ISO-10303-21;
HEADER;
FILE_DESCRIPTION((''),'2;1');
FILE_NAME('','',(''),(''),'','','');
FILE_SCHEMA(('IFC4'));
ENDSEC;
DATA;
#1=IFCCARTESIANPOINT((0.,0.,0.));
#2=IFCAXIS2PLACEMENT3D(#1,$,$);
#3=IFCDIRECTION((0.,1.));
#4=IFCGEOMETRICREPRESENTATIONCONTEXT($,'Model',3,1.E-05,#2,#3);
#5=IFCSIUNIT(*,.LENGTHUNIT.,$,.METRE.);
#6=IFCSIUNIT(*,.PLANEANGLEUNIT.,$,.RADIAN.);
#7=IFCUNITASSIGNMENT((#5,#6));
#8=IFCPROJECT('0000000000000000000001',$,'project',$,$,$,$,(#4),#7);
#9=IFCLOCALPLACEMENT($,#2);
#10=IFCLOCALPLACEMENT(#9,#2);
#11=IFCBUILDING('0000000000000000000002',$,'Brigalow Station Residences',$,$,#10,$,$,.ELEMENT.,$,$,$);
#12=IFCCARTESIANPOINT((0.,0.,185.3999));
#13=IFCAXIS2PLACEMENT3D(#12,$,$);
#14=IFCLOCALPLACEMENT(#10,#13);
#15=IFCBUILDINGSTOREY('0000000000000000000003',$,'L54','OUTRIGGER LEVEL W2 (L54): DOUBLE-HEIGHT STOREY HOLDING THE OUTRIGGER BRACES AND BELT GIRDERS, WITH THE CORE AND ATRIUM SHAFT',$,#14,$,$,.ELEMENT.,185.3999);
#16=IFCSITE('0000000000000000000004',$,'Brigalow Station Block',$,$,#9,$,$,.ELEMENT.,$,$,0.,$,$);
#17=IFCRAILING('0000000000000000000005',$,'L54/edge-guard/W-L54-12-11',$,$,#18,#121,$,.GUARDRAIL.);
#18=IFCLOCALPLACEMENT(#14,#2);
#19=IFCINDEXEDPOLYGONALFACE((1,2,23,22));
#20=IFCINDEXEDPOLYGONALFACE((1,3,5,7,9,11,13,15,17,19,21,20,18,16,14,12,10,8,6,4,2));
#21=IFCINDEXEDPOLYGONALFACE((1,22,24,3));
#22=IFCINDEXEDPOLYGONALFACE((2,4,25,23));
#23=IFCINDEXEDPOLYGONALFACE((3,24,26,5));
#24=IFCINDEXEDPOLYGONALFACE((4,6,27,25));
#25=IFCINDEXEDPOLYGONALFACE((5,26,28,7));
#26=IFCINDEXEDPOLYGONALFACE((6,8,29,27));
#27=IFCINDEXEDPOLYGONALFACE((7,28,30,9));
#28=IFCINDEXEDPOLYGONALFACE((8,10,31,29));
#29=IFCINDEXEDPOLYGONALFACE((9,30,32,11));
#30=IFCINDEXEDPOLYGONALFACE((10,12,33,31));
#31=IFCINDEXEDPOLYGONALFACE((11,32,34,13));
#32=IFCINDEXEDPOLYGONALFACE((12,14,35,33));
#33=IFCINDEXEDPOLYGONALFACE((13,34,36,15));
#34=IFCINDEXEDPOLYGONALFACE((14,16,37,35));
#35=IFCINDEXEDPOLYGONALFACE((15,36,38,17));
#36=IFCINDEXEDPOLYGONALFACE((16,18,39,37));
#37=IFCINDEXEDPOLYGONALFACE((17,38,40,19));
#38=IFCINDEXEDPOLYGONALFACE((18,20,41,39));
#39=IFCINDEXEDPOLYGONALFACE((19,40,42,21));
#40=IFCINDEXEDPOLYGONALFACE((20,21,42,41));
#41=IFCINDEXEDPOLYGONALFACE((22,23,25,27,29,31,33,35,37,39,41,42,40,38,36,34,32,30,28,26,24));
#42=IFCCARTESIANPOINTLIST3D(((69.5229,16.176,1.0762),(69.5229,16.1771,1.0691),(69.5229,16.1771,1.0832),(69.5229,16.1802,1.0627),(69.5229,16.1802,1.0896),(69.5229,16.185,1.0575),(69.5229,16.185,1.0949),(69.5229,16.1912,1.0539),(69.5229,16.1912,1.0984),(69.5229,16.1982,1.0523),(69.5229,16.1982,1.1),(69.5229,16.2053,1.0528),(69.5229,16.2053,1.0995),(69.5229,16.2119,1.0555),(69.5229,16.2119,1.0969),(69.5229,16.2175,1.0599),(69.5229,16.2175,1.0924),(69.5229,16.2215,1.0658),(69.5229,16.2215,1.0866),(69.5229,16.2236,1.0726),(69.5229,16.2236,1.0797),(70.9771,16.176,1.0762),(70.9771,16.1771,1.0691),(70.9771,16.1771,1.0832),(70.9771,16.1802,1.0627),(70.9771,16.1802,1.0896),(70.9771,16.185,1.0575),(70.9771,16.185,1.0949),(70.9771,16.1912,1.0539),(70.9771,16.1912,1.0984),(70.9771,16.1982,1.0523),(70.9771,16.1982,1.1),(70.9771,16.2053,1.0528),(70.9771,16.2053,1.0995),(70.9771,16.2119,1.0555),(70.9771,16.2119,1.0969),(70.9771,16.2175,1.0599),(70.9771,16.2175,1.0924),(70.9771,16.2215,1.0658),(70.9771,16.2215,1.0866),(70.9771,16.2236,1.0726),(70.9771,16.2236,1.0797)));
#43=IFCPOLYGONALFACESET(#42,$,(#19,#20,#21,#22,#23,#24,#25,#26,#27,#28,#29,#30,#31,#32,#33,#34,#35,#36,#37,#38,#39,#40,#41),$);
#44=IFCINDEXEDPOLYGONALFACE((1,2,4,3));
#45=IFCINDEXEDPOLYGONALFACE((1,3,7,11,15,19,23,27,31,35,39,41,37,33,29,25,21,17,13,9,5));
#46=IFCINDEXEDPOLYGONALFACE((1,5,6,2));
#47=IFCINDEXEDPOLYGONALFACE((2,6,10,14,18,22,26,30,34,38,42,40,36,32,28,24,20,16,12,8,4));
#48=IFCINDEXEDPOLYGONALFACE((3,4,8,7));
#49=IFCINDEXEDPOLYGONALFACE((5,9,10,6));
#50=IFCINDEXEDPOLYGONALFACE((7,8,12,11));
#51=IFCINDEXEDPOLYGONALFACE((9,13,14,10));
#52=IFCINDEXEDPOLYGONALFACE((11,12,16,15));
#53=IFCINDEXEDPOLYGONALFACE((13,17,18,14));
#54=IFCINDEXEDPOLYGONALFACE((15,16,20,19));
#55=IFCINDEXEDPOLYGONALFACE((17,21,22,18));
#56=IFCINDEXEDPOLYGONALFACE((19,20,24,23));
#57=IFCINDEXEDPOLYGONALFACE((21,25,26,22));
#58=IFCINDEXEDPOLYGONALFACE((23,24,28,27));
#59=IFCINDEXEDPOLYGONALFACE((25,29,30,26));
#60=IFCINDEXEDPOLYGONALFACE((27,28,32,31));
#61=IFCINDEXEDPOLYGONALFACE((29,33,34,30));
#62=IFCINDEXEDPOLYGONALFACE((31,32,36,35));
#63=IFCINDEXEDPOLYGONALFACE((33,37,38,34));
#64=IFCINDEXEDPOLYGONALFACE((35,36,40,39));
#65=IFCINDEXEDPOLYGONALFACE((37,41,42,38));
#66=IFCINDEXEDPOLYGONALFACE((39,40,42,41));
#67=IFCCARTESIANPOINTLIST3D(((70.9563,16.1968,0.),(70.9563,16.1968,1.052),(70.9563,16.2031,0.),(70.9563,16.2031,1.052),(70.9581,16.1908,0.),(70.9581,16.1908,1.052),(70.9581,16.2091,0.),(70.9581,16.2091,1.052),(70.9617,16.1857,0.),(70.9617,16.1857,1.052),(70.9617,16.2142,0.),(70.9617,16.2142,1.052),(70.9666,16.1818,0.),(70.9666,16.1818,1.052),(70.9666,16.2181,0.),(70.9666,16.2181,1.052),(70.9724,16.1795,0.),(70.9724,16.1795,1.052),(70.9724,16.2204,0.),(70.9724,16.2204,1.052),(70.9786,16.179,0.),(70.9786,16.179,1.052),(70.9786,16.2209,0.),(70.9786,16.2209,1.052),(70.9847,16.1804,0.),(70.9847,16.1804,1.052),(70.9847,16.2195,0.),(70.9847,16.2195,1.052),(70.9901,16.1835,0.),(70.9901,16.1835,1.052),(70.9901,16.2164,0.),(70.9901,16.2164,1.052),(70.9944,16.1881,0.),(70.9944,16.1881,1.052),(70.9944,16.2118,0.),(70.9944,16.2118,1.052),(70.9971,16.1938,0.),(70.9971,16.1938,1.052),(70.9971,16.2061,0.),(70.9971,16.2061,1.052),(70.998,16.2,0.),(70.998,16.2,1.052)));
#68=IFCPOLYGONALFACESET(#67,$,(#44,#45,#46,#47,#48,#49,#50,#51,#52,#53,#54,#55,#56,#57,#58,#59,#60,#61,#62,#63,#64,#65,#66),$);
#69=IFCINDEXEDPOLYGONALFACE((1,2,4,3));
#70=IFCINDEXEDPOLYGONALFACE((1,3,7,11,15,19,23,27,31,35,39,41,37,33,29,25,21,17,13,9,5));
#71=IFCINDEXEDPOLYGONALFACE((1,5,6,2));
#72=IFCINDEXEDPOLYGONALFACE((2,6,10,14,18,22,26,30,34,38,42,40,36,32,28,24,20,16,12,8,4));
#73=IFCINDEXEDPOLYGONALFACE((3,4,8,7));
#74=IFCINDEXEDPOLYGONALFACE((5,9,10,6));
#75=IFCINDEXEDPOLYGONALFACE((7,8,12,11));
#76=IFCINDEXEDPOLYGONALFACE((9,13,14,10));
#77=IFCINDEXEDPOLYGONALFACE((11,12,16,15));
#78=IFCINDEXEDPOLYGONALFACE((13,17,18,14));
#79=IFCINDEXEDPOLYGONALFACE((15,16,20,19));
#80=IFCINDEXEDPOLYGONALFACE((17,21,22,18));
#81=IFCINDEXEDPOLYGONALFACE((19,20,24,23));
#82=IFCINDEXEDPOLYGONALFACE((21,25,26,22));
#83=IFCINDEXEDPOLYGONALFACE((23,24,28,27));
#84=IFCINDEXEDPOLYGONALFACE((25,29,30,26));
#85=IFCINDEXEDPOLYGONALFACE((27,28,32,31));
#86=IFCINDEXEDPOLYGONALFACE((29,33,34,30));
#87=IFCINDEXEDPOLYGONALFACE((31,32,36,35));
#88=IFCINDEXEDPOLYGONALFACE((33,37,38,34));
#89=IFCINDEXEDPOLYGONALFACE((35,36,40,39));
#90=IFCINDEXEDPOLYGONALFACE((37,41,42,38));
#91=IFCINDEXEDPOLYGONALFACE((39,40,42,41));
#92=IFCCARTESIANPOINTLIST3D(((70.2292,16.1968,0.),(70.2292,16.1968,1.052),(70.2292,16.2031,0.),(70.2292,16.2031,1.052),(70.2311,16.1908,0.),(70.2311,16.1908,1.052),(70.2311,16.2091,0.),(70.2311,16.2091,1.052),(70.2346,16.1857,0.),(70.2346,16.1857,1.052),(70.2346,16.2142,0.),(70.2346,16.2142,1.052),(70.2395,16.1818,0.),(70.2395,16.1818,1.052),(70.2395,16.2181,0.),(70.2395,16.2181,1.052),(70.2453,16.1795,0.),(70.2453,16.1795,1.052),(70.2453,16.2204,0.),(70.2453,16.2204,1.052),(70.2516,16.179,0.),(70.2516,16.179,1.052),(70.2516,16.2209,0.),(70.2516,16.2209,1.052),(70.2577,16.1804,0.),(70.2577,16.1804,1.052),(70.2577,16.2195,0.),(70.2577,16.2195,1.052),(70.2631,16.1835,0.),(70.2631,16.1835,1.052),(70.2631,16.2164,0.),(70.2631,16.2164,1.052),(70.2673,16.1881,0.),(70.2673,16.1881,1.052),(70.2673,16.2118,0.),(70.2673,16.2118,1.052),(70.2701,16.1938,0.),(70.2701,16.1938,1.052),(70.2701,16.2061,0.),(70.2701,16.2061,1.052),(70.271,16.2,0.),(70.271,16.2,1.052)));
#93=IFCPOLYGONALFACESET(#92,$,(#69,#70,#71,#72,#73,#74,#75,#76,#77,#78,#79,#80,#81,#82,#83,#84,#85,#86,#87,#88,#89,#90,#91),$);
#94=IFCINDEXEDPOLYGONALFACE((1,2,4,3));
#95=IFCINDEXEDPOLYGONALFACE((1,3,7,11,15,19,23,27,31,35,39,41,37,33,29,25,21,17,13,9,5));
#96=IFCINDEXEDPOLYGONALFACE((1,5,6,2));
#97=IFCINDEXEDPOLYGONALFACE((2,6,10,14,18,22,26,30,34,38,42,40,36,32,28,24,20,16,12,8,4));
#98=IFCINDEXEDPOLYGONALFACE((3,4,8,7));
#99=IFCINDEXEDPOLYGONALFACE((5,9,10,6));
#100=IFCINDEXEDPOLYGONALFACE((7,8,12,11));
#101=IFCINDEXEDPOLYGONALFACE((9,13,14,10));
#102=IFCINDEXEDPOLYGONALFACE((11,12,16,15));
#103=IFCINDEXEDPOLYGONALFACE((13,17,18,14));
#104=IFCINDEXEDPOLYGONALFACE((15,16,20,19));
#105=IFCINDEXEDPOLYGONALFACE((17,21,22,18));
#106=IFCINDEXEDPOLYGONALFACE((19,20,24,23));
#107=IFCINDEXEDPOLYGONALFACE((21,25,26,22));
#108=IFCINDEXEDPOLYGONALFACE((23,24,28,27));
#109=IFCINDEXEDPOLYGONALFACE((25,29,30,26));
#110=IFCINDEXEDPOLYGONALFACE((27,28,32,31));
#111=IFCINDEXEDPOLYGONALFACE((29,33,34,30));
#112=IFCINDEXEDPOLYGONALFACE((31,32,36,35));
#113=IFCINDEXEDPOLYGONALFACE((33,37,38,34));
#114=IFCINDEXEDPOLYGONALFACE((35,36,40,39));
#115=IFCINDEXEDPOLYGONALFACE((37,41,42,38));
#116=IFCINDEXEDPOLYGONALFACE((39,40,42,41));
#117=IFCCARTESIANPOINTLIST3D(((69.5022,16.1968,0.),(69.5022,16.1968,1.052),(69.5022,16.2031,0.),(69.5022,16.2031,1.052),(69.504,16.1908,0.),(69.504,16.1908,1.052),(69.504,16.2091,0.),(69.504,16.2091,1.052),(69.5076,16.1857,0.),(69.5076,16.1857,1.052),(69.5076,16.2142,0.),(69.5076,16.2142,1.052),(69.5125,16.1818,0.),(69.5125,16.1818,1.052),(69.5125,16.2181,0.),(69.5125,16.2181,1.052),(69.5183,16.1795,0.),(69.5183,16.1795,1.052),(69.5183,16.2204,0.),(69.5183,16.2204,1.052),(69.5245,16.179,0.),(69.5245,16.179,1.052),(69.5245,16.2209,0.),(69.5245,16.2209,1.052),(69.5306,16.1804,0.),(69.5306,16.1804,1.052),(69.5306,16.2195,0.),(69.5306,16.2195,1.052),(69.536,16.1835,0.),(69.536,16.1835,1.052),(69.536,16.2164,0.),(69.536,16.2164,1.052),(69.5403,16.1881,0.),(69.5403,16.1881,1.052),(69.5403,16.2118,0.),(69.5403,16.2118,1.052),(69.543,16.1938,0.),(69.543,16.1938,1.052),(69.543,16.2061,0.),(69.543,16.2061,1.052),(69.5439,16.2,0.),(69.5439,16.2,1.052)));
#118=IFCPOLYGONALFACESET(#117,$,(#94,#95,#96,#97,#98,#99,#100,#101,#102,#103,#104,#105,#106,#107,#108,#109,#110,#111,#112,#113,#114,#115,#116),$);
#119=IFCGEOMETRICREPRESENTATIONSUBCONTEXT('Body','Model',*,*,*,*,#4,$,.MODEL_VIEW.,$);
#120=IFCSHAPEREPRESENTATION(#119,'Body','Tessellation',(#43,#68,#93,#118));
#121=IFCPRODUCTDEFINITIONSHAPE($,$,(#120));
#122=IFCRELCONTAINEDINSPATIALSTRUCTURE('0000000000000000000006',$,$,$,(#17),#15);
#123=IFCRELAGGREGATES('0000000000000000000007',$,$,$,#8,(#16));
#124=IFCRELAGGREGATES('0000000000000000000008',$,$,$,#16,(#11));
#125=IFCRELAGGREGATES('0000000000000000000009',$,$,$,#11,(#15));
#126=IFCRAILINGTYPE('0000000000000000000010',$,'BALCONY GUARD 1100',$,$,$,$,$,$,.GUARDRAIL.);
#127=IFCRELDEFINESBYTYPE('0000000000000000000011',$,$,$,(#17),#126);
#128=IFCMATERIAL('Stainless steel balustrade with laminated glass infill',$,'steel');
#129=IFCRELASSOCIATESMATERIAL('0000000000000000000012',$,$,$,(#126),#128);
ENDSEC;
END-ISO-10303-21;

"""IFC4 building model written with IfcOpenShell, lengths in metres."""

from ifc_helpers import new_model, si_unit, direction, frame, origin, origin_2d, place, context, subcontext, project, spatial, circle, extrude, material, type_object, element, save


model = new_model("IFC4")

# Units and contexts
model_context = context("Model", 3, precision=1e-05, world=origin(), true_north=direction((0.0, 1.0)))
body_context = subcontext(model_context, "Body", "Model", "MODEL_VIEW")
ifc_project = project(units=[si_unit("LENGTHUNIT", "METRE"), si_unit("PLANEANGLEUNIT", "RADIAN")], contexts=[model_context])

# Site, building, storey
site_placement = place(None, origin())
site = spatial("IfcSite", under=ifc_project, at=site_placement, Name="Brigalow Station Block", CompositionType="ELEMENT", RefElevation=0.0)
building_placement = place(site_placement, origin())
building = spatial("IfcBuilding", under=site, at=building_placement, Name="Brigalow Station Residences", CompositionType="ELEMENT")
storey_placement = place(building_placement, frame((0.0, 0.0, 185.3999)))
storey = spatial("IfcBuildingStorey", under=building, at=storey_placement, Name="L54", Description="OUTRIGGER LEVEL W2 (L54): DOUBLE-HEIGHT STOREY HOLDING THE OUTRIGGER BRACES AND BELT GIRDERS, WITH THE CORE AND ATRIUM SHAFT", CompositionType="ELEMENT", Elevation=185.3999)

# Railing
ifc_material_1 = material(Name="Stainless steel balustrade with laminated glass infill", Category="steel")
railing_type = type_object("IfcRailingType", Name="BALCONY GUARD 1100", PredefinedType="GUARDRAIL", material=ifc_material_1)
railing_1_placement = place(storey_placement, frame((70.9771, 16.2, 0.0)))
element("IfcRailing", 1, at=railing_1_placement, inside=storey, type_object=railing_type, Name="L54/edge-guard/W-L54-12-11", PredefinedType="GUARDRAIL", context=body_context, shape_type="SweptSolid", body=[
    extrude(circle(Radius=0.0239, at=origin_2d()), frame((0.0, 0.0, 1.0762), z_axis=(-1.0, 0.0, 0.0), x_axis=(0.0, -1.0, 0.0)), (0.0, 0.0, 1.0), 1.4541),
    extrude(circle(Radius=0.021, at=origin_2d()), origin(), (0.0, 0.0, 1.0), 1.052),
    extrude(circle(Radius=0.021, at=origin_2d()), frame((-0.7271, 0.0, 0.0)), (0.0, 0.0, 1.0), 1.052),
    extrude(circle(Radius=0.021, at=origin_2d()), frame((-1.4541, 0.0, 0.0)), (0.0, 0.0, 1.0), 1.052),
])

save(model, "model.ifc")
